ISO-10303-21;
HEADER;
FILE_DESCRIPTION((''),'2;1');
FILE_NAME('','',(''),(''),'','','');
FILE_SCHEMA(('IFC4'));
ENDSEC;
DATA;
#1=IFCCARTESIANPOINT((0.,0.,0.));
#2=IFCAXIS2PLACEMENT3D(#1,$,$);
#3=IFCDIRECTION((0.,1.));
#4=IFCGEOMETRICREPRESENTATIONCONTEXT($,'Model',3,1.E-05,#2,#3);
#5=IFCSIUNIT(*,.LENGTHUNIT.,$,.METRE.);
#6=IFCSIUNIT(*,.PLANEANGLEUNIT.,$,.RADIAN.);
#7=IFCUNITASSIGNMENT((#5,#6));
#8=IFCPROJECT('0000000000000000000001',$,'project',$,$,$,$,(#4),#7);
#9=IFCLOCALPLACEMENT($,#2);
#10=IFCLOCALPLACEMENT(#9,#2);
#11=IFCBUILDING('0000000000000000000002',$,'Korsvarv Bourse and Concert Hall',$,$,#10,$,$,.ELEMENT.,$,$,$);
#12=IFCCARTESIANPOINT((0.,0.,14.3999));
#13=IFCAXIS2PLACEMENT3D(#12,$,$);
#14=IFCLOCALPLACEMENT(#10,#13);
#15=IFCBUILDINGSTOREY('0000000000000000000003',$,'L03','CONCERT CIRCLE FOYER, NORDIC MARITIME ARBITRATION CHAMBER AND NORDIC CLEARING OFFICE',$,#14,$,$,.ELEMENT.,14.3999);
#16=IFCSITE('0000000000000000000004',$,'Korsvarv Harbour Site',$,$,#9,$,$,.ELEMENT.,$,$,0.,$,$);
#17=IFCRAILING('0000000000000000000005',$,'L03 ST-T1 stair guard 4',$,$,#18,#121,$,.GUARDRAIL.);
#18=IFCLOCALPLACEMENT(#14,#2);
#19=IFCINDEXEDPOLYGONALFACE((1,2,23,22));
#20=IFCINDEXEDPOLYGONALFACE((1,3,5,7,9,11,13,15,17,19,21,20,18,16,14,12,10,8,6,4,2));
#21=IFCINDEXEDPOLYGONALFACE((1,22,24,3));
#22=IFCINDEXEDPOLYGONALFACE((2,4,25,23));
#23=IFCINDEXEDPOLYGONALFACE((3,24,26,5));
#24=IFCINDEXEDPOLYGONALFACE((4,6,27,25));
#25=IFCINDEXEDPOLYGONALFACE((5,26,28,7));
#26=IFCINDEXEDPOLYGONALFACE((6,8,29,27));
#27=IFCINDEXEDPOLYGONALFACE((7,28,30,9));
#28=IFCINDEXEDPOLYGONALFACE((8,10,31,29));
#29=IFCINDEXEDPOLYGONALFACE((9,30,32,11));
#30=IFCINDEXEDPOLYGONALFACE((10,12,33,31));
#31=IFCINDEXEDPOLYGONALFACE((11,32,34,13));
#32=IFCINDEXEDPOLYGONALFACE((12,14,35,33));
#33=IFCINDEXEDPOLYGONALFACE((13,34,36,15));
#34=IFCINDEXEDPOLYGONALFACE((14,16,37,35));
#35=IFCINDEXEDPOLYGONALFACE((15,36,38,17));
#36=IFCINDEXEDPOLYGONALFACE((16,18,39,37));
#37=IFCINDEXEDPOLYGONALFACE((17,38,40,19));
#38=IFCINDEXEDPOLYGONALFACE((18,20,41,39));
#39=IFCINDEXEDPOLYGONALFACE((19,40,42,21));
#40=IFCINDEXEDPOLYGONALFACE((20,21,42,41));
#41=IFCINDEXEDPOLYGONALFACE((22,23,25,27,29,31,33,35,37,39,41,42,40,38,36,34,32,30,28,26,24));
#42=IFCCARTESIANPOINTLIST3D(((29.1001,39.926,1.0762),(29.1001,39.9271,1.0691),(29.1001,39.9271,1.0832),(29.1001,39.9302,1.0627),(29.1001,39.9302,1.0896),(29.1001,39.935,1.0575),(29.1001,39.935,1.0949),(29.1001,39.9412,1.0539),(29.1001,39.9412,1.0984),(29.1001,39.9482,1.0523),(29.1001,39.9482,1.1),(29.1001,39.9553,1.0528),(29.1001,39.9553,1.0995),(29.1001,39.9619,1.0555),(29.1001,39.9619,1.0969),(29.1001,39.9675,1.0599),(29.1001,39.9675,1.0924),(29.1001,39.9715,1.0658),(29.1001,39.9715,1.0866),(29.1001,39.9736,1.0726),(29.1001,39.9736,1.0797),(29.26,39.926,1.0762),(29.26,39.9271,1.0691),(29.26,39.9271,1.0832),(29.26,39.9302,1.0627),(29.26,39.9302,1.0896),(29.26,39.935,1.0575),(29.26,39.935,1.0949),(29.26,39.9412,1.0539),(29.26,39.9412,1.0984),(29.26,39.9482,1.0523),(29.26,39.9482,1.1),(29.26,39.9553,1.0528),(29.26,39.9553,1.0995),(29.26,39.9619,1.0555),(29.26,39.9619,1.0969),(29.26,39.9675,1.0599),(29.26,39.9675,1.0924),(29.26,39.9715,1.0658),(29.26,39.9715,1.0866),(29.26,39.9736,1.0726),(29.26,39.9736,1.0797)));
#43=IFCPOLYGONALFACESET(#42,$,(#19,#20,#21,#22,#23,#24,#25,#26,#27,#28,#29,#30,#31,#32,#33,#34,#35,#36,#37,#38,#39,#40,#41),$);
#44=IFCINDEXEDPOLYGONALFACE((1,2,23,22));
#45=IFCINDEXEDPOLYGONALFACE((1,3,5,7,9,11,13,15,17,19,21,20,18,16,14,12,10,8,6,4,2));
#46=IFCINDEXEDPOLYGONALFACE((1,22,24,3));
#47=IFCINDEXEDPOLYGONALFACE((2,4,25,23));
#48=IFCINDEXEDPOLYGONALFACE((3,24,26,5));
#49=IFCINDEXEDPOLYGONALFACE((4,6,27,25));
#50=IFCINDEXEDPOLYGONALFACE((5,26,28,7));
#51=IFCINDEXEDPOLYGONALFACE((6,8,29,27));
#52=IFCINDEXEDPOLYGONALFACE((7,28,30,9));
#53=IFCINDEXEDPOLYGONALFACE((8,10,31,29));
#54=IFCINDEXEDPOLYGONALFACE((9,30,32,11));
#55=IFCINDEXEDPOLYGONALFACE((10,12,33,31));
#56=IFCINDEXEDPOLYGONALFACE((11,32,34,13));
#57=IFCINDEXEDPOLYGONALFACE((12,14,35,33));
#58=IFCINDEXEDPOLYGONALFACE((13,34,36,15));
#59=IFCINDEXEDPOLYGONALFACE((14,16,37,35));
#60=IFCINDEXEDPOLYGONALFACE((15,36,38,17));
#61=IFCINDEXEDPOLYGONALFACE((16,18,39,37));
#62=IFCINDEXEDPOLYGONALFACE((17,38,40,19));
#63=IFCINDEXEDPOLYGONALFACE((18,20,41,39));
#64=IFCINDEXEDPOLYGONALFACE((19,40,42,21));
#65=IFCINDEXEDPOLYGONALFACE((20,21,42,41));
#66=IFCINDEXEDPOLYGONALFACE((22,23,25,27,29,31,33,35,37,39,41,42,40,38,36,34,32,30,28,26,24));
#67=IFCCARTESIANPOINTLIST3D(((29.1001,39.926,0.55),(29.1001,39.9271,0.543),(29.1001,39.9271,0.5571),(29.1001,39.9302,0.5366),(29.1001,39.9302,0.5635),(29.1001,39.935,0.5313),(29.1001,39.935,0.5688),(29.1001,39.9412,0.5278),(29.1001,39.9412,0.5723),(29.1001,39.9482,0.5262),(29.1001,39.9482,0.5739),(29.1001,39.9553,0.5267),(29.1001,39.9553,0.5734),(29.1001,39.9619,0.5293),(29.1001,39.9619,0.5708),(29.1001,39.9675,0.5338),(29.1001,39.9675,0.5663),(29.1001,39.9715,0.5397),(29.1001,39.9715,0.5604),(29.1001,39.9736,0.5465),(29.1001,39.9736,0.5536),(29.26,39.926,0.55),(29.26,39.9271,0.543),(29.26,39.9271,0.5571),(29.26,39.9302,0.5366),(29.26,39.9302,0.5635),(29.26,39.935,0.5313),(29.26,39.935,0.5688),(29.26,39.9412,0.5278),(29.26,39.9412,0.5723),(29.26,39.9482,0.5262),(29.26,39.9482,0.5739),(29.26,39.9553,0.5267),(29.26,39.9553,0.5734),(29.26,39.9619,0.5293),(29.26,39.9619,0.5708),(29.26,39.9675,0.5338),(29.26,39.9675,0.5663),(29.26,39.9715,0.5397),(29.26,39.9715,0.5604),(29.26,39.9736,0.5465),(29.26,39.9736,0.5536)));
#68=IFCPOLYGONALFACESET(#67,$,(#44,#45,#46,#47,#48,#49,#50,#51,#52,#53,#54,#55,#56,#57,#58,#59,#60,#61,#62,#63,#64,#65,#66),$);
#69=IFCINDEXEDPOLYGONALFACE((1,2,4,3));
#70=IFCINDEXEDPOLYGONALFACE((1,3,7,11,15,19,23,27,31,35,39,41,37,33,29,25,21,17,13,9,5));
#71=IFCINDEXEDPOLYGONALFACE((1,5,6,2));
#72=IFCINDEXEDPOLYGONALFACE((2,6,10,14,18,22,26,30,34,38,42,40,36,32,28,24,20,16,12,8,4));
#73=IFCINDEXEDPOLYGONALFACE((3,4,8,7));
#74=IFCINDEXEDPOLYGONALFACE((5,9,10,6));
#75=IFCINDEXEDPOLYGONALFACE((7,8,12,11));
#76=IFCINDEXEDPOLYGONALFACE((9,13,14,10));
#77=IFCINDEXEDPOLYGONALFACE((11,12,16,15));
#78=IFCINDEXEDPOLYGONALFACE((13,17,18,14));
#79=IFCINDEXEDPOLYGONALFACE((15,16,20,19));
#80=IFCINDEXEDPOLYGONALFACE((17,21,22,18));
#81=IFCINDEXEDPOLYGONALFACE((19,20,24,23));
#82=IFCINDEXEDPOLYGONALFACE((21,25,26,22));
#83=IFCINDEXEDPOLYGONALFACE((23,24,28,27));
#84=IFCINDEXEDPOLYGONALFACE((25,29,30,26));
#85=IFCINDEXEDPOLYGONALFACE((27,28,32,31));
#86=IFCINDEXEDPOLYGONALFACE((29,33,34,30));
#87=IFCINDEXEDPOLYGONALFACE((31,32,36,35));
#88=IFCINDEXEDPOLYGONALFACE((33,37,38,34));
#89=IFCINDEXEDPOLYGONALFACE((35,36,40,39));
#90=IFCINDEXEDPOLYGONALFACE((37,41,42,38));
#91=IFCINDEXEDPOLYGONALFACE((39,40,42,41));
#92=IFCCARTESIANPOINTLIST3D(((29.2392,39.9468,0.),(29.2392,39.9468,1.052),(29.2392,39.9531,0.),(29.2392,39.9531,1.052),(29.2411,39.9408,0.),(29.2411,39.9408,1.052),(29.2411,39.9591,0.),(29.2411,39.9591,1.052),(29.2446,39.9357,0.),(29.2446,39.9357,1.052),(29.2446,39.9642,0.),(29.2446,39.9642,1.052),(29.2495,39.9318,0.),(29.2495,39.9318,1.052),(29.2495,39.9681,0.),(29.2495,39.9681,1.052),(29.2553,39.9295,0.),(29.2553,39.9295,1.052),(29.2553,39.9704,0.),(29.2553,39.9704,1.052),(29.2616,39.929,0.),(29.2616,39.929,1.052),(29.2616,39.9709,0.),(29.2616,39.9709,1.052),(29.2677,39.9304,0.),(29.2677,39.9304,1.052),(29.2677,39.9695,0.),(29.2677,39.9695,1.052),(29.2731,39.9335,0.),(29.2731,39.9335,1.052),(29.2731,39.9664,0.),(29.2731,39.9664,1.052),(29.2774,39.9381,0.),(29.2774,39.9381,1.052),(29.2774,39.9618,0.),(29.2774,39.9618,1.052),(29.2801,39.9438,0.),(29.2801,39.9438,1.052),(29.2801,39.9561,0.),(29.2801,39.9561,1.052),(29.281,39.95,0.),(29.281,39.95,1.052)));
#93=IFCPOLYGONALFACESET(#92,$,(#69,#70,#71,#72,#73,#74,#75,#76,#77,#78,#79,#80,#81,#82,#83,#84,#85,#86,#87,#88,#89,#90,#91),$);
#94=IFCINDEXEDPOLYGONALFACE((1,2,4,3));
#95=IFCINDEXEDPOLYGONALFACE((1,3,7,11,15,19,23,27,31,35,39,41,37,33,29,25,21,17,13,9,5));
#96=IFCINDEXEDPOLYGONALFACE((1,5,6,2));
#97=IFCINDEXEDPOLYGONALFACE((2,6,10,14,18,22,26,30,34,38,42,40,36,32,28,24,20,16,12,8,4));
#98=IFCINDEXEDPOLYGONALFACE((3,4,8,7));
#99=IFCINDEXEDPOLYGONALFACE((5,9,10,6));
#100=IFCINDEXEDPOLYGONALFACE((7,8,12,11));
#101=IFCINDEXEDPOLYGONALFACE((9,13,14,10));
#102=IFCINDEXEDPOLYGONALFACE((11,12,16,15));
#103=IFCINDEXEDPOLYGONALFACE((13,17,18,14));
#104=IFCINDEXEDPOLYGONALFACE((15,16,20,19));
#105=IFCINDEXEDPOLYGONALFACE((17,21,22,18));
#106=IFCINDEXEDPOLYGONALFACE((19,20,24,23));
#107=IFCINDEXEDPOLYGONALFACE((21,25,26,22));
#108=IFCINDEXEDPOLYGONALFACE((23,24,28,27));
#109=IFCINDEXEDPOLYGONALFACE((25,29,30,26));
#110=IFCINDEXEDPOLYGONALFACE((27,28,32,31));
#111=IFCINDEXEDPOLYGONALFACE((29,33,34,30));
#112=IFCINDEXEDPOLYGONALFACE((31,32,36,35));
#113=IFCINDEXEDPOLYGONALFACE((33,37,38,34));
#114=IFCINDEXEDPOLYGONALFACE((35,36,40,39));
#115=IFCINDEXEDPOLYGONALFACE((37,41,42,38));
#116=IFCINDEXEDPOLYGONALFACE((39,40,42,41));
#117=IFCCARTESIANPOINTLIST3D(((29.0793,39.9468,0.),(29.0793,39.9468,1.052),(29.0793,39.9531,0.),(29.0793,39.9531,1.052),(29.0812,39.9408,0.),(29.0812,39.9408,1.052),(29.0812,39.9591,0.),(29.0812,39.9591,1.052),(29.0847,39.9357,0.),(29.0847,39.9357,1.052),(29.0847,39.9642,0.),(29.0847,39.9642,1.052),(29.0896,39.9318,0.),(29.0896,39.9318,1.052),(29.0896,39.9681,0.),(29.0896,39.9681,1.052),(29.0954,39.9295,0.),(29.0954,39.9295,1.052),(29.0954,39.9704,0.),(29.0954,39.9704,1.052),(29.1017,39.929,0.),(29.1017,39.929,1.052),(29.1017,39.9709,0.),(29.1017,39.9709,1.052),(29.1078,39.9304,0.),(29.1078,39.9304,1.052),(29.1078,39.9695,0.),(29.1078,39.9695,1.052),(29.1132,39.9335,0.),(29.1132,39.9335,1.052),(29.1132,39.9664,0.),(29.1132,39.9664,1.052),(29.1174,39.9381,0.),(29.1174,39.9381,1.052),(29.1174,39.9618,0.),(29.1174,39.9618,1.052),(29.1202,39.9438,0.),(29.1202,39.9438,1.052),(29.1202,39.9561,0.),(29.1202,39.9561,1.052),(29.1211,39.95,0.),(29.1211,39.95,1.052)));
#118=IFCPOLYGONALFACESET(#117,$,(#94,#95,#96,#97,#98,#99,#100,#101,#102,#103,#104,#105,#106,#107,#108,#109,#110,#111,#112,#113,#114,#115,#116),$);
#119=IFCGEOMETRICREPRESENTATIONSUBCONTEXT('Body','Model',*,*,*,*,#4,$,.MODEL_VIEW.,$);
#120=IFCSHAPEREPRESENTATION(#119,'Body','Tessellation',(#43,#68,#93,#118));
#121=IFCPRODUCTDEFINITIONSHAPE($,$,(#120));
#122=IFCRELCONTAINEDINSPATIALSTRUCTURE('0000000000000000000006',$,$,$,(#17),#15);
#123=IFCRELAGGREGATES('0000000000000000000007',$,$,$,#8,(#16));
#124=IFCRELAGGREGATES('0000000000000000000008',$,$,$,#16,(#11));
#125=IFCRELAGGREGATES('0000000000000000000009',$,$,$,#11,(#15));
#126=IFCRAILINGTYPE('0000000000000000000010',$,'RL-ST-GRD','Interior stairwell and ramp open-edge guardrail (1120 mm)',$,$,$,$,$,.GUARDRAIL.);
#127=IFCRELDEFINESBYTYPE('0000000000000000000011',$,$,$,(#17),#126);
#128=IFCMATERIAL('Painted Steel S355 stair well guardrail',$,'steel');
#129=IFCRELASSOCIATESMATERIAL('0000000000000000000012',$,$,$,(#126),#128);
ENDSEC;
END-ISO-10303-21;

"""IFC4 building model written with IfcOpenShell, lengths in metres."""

from ifc_helpers import new_model, si_unit, direction, frame, origin, origin_2d, place, context, subcontext, project, spatial, circle, extrude, material, type_object, element, save


model = new_model("IFC4")

# Units and contexts
model_context = context("Model", 3, precision=1e-05, world=origin(), true_north=direction((0.0, 1.0)))
body_context = subcontext(model_context, "Body", "Model", "MODEL_VIEW")
ifc_project = project(units=[si_unit("LENGTHUNIT", "METRE"), si_unit("PLANEANGLEUNIT", "RADIAN")], contexts=[model_context])

# Site, building, storey
site_placement = place(None, origin())
site = spatial("IfcSite", under=ifc_project, at=site_placement, Name="Korsvarv Harbour Site", CompositionType="ELEMENT", RefElevation=0.0)
building_placement = place(site_placement, origin())
building = spatial("IfcBuilding", under=site, at=building_placement, Name="Korsvarv Bourse and Concert Hall", CompositionType="ELEMENT")
storey_placement = place(building_placement, frame((0.0, 0.0, 14.3999)))
storey = spatial("IfcBuildingStorey", under=building, at=storey_placement, Name="L03", Description="CONCERT CIRCLE FOYER, NORDIC MARITIME ARBITRATION CHAMBER AND NORDIC CLEARING OFFICE", CompositionType="ELEMENT", Elevation=14.3999)

# Railing
ifc_material_1 = material(Name="Painted Steel S355 stair well guardrail", Category="steel")
railing_type = type_object("IfcRailingType", Name="RL-ST-GRD", Description="Interior stairwell and ramp open-edge guardrail (1120 mm)", PredefinedType="GUARDRAIL", material=ifc_material_1)
railing_1_placement = place(storey_placement, frame((29.26, 39.95, 0.0)))
element("IfcRailing", 1, at=railing_1_placement, inside=storey, type_object=railing_type, Name="L03 ST-T1 stair guard 4", PredefinedType="GUARDRAIL", context=body_context, shape_type="SweptSolid", body=[
    extrude(circle(Radius=0.0239, at=origin_2d()), frame((0.0, 0.0, 1.0762), z_axis=(-1.0, 0.0, 0.0), x_axis=(0.0, -1.0, 0.0)), (0.0, 0.0, 1.0), 0.1599),
    extrude(circle(Radius=0.0239, at=origin_2d()), frame((0.0, 0.0, 0.55), z_axis=(-1.0, 0.0, 0.0), x_axis=(0.0, -1.0, 0.0)), (0.0, 0.0, 1.0), 0.1599),
    extrude(circle(Radius=0.021, at=origin_2d()), origin(), (0.0, 0.0, 1.0), 1.052),
    extrude(circle(Radius=0.021, at=origin_2d()), frame((-0.1599, 0.0, 0.0)), (0.0, 0.0, 1.0), 1.052),
])

save(model, "model.ifc")
